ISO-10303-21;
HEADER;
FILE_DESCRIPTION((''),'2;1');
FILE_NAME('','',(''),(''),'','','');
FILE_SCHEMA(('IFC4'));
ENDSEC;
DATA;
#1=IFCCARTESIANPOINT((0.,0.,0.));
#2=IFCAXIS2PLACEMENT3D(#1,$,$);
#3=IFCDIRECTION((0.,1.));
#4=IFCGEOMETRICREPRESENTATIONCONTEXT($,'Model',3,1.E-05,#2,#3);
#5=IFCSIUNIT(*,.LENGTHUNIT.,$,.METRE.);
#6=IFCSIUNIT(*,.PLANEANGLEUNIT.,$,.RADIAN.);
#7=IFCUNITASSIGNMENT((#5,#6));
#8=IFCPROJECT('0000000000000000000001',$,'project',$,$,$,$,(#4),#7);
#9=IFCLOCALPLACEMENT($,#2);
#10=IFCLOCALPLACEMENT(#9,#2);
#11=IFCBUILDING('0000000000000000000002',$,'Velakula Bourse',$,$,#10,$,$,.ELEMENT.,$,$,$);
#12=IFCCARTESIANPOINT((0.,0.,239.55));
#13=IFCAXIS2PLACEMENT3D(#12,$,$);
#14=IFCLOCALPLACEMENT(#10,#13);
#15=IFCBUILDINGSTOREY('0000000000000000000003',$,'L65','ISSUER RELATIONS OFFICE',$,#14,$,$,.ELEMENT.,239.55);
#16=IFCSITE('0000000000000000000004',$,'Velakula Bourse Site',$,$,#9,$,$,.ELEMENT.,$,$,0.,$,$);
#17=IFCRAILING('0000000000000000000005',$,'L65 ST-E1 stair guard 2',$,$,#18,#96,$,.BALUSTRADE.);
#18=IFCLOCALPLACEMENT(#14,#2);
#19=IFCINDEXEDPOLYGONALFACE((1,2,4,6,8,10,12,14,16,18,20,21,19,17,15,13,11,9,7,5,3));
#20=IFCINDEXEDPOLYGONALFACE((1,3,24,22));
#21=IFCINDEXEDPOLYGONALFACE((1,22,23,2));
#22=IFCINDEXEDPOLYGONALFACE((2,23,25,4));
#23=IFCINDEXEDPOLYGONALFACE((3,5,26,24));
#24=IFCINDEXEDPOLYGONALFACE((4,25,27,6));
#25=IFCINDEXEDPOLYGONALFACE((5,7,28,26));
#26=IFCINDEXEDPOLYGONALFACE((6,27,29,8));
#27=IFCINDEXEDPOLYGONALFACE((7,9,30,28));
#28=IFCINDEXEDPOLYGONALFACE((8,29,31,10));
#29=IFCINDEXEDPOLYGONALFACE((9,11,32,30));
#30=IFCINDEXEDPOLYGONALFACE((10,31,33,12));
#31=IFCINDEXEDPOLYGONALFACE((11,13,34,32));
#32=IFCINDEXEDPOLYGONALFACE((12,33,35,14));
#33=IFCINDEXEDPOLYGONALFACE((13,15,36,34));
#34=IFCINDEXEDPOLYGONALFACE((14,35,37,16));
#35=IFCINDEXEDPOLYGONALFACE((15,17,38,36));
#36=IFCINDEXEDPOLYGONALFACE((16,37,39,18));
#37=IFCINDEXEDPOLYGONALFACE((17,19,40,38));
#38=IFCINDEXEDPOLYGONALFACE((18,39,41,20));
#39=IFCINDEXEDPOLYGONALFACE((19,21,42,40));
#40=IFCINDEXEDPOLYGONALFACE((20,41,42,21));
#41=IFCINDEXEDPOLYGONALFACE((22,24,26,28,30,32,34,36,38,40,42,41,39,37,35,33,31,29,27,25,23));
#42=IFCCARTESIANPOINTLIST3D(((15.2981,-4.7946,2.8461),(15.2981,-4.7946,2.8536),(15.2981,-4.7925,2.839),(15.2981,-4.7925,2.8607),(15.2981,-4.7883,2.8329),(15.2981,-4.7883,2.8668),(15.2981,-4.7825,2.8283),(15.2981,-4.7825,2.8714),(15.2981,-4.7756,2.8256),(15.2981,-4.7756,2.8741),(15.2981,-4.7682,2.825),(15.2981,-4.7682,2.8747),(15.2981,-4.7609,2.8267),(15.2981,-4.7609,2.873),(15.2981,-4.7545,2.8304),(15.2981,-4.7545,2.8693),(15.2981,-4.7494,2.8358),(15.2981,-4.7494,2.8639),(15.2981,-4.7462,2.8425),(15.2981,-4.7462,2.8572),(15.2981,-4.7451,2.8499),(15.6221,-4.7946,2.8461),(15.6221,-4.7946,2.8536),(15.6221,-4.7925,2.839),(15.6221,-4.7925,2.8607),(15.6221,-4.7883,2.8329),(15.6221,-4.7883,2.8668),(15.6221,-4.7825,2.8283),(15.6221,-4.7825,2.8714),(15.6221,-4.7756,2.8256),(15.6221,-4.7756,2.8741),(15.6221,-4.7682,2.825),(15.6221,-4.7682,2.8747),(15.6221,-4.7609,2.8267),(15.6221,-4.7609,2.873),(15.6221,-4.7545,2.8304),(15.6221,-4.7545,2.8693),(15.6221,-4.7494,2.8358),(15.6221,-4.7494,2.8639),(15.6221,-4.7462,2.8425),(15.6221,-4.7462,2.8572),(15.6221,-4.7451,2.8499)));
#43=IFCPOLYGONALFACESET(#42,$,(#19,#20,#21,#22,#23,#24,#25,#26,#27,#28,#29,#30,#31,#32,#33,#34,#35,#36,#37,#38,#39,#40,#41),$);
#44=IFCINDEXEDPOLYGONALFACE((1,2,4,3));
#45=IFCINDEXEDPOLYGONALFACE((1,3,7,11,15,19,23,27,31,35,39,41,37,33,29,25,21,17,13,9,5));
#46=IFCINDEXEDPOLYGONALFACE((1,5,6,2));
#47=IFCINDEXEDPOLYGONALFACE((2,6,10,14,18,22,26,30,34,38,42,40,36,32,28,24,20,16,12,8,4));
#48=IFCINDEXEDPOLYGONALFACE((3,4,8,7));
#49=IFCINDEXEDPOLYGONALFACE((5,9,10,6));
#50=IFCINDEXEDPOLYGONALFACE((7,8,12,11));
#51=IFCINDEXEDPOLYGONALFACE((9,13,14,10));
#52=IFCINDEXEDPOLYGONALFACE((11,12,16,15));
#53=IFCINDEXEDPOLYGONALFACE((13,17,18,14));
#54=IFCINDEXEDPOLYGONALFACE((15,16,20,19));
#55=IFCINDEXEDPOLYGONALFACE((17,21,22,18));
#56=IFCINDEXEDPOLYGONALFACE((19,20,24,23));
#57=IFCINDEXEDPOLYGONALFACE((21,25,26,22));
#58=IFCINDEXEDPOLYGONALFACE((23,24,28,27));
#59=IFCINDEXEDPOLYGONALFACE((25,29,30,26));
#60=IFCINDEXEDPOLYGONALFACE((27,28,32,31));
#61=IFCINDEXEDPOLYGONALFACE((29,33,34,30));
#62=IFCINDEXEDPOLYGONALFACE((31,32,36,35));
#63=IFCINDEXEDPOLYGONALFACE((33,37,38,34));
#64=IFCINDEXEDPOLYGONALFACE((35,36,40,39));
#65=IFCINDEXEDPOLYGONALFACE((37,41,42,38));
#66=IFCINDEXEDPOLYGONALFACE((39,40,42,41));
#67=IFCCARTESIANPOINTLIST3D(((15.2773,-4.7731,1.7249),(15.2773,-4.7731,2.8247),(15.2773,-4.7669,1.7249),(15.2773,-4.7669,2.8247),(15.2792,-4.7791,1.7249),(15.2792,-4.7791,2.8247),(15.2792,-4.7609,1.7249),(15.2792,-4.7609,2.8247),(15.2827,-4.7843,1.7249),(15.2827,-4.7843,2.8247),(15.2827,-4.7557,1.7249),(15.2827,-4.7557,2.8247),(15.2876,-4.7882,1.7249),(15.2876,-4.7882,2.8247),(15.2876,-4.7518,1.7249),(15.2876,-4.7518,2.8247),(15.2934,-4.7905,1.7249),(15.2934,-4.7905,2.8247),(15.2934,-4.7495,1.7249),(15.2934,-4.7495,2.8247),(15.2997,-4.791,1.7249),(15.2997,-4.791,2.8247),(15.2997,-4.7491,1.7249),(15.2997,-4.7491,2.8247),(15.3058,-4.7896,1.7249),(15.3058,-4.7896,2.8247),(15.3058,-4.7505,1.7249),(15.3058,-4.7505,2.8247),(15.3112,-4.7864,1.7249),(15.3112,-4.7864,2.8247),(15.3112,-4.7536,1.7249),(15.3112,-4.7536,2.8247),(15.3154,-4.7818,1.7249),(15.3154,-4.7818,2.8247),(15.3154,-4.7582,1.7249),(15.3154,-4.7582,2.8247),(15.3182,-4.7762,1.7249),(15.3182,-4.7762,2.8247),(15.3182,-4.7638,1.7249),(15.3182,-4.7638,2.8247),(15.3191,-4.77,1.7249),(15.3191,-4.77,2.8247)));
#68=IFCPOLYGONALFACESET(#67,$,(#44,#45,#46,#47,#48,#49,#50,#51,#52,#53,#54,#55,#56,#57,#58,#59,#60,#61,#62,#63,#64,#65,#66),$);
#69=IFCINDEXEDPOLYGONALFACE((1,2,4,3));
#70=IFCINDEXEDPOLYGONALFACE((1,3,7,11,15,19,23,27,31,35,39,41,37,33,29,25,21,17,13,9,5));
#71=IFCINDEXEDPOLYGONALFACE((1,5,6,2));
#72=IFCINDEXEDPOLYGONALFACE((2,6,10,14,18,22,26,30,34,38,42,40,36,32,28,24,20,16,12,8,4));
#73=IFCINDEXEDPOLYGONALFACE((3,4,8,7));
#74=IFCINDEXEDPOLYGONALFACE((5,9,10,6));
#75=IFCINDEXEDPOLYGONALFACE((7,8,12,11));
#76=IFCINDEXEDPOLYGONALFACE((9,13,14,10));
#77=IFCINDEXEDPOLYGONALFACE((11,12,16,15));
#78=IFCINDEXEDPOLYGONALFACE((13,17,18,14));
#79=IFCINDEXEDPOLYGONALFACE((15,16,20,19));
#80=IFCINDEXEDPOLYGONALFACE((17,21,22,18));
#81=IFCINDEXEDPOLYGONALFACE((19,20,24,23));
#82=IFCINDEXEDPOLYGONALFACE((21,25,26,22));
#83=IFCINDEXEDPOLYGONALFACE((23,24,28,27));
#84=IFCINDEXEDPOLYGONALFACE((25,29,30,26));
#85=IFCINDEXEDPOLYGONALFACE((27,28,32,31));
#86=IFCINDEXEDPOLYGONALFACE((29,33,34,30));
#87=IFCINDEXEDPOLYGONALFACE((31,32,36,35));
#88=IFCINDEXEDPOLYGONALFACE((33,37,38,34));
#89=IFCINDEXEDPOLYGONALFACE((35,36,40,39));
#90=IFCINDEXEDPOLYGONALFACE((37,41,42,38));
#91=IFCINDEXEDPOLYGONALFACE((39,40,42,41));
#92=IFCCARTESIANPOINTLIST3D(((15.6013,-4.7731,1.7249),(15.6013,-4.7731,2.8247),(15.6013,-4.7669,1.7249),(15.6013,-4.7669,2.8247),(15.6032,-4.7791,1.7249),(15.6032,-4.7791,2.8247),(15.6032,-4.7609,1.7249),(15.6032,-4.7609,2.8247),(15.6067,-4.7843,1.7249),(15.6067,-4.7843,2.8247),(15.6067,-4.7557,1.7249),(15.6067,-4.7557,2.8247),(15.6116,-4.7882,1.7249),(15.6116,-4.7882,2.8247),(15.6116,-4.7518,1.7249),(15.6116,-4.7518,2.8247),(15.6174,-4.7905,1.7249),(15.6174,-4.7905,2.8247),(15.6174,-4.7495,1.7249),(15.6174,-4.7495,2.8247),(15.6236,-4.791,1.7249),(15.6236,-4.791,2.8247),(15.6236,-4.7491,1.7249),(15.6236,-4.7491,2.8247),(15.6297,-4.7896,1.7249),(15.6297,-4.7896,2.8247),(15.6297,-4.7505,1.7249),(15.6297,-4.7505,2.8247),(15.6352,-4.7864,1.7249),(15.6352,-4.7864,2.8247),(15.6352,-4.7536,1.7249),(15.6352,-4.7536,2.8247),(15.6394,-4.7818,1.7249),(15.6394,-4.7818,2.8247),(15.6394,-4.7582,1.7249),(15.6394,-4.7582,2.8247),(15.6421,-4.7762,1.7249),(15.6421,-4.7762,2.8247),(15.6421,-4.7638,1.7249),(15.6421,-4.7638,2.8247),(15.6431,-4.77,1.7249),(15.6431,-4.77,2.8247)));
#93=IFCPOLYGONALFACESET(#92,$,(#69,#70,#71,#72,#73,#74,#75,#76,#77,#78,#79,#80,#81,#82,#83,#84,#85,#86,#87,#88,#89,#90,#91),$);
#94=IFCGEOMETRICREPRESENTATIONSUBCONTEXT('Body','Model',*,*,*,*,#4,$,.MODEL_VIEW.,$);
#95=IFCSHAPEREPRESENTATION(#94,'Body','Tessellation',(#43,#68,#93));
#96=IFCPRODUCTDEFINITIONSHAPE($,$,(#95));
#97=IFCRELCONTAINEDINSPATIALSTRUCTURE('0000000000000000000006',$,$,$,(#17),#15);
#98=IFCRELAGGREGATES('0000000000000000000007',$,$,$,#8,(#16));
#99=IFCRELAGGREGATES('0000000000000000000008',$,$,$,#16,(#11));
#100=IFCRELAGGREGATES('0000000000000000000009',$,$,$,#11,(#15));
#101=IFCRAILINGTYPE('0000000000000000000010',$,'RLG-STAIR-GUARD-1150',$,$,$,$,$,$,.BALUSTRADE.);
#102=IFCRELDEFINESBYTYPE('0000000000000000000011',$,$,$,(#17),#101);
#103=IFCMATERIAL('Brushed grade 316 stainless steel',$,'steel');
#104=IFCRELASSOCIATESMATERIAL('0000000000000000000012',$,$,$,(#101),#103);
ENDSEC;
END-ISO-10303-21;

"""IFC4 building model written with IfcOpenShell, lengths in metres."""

from ifc_helpers import new_model, si_unit, direction, frame, origin, origin_2d, place, context, subcontext, project, spatial, circle, extrude, material, type_object, element, save


model = new_model("IFC4")

# Units and contexts
model_context = context("Model", 3, precision=1e-05, world=origin(), true_north=direction((0.0, 1.0)))
body_context = subcontext(model_context, "Body", "Model", "MODEL_VIEW")
ifc_project = project(units=[si_unit("LENGTHUNIT", "METRE"), si_unit("PLANEANGLEUNIT", "RADIAN")], contexts=[model_context])

# Site, building, storey
site_placement = place(None, origin())
site = spatial("IfcSite", under=ifc_project, at=site_placement, Name="Velakula Bourse Site", CompositionType="ELEMENT", RefElevation=0.0)
building_placement = place(site_placement, origin())
building = spatial("IfcBuilding", under=site, at=building_placement, Name="Velakula Bourse", CompositionType="ELEMENT")
storey_placement = place(building_placement, frame((0.0, 0.0, 239.55)))
storey = spatial("IfcBuildingStorey", under=building, at=storey_placement, Name="L65", Description="ISSUER RELATIONS OFFICE", CompositionType="ELEMENT", Elevation=239.55)

# Shared definitions
ifc_material_1 = material(Name="Brushed grade 316 stainless steel", Category="steel")

# Railing
railing_type_1 = type_object("IfcRailingType", Name="RLG-STAIR-GUARD-1150", PredefinedType="BALUSTRADE", material=ifc_material_1)
railing_1_placement = place(storey_placement, frame((15.2981, -4.77, 1.7249)))
element("IfcRailing", 1, at=railing_1_placement, inside=storey, type_object=railing_type_1, Name="L65 ST-E1 stair guard 2", PredefinedType="BALUSTRADE", context=body_context, shape_type="SweptSolid", body=[
    extrude(circle(Radius=0.0249, at=origin_2d()), frame((0.0, 0.0, 1.125), z_axis=(1.0, 0.0, 0.0), x_axis=(0.0, 1.0, 0.0)), (0.0, 0.0, 1.0), 0.324),
    extrude(circle(Radius=0.021, at=origin_2d()), origin(), (0.0, 0.0, 1.0), 1.0999),
    extrude(circle(Radius=0.021, at=origin_2d()), frame((0.324, 0.0, 0.0)), (0.0, 0.0, 1.0), 1.0999),
])

save(model, "model.ifc")
